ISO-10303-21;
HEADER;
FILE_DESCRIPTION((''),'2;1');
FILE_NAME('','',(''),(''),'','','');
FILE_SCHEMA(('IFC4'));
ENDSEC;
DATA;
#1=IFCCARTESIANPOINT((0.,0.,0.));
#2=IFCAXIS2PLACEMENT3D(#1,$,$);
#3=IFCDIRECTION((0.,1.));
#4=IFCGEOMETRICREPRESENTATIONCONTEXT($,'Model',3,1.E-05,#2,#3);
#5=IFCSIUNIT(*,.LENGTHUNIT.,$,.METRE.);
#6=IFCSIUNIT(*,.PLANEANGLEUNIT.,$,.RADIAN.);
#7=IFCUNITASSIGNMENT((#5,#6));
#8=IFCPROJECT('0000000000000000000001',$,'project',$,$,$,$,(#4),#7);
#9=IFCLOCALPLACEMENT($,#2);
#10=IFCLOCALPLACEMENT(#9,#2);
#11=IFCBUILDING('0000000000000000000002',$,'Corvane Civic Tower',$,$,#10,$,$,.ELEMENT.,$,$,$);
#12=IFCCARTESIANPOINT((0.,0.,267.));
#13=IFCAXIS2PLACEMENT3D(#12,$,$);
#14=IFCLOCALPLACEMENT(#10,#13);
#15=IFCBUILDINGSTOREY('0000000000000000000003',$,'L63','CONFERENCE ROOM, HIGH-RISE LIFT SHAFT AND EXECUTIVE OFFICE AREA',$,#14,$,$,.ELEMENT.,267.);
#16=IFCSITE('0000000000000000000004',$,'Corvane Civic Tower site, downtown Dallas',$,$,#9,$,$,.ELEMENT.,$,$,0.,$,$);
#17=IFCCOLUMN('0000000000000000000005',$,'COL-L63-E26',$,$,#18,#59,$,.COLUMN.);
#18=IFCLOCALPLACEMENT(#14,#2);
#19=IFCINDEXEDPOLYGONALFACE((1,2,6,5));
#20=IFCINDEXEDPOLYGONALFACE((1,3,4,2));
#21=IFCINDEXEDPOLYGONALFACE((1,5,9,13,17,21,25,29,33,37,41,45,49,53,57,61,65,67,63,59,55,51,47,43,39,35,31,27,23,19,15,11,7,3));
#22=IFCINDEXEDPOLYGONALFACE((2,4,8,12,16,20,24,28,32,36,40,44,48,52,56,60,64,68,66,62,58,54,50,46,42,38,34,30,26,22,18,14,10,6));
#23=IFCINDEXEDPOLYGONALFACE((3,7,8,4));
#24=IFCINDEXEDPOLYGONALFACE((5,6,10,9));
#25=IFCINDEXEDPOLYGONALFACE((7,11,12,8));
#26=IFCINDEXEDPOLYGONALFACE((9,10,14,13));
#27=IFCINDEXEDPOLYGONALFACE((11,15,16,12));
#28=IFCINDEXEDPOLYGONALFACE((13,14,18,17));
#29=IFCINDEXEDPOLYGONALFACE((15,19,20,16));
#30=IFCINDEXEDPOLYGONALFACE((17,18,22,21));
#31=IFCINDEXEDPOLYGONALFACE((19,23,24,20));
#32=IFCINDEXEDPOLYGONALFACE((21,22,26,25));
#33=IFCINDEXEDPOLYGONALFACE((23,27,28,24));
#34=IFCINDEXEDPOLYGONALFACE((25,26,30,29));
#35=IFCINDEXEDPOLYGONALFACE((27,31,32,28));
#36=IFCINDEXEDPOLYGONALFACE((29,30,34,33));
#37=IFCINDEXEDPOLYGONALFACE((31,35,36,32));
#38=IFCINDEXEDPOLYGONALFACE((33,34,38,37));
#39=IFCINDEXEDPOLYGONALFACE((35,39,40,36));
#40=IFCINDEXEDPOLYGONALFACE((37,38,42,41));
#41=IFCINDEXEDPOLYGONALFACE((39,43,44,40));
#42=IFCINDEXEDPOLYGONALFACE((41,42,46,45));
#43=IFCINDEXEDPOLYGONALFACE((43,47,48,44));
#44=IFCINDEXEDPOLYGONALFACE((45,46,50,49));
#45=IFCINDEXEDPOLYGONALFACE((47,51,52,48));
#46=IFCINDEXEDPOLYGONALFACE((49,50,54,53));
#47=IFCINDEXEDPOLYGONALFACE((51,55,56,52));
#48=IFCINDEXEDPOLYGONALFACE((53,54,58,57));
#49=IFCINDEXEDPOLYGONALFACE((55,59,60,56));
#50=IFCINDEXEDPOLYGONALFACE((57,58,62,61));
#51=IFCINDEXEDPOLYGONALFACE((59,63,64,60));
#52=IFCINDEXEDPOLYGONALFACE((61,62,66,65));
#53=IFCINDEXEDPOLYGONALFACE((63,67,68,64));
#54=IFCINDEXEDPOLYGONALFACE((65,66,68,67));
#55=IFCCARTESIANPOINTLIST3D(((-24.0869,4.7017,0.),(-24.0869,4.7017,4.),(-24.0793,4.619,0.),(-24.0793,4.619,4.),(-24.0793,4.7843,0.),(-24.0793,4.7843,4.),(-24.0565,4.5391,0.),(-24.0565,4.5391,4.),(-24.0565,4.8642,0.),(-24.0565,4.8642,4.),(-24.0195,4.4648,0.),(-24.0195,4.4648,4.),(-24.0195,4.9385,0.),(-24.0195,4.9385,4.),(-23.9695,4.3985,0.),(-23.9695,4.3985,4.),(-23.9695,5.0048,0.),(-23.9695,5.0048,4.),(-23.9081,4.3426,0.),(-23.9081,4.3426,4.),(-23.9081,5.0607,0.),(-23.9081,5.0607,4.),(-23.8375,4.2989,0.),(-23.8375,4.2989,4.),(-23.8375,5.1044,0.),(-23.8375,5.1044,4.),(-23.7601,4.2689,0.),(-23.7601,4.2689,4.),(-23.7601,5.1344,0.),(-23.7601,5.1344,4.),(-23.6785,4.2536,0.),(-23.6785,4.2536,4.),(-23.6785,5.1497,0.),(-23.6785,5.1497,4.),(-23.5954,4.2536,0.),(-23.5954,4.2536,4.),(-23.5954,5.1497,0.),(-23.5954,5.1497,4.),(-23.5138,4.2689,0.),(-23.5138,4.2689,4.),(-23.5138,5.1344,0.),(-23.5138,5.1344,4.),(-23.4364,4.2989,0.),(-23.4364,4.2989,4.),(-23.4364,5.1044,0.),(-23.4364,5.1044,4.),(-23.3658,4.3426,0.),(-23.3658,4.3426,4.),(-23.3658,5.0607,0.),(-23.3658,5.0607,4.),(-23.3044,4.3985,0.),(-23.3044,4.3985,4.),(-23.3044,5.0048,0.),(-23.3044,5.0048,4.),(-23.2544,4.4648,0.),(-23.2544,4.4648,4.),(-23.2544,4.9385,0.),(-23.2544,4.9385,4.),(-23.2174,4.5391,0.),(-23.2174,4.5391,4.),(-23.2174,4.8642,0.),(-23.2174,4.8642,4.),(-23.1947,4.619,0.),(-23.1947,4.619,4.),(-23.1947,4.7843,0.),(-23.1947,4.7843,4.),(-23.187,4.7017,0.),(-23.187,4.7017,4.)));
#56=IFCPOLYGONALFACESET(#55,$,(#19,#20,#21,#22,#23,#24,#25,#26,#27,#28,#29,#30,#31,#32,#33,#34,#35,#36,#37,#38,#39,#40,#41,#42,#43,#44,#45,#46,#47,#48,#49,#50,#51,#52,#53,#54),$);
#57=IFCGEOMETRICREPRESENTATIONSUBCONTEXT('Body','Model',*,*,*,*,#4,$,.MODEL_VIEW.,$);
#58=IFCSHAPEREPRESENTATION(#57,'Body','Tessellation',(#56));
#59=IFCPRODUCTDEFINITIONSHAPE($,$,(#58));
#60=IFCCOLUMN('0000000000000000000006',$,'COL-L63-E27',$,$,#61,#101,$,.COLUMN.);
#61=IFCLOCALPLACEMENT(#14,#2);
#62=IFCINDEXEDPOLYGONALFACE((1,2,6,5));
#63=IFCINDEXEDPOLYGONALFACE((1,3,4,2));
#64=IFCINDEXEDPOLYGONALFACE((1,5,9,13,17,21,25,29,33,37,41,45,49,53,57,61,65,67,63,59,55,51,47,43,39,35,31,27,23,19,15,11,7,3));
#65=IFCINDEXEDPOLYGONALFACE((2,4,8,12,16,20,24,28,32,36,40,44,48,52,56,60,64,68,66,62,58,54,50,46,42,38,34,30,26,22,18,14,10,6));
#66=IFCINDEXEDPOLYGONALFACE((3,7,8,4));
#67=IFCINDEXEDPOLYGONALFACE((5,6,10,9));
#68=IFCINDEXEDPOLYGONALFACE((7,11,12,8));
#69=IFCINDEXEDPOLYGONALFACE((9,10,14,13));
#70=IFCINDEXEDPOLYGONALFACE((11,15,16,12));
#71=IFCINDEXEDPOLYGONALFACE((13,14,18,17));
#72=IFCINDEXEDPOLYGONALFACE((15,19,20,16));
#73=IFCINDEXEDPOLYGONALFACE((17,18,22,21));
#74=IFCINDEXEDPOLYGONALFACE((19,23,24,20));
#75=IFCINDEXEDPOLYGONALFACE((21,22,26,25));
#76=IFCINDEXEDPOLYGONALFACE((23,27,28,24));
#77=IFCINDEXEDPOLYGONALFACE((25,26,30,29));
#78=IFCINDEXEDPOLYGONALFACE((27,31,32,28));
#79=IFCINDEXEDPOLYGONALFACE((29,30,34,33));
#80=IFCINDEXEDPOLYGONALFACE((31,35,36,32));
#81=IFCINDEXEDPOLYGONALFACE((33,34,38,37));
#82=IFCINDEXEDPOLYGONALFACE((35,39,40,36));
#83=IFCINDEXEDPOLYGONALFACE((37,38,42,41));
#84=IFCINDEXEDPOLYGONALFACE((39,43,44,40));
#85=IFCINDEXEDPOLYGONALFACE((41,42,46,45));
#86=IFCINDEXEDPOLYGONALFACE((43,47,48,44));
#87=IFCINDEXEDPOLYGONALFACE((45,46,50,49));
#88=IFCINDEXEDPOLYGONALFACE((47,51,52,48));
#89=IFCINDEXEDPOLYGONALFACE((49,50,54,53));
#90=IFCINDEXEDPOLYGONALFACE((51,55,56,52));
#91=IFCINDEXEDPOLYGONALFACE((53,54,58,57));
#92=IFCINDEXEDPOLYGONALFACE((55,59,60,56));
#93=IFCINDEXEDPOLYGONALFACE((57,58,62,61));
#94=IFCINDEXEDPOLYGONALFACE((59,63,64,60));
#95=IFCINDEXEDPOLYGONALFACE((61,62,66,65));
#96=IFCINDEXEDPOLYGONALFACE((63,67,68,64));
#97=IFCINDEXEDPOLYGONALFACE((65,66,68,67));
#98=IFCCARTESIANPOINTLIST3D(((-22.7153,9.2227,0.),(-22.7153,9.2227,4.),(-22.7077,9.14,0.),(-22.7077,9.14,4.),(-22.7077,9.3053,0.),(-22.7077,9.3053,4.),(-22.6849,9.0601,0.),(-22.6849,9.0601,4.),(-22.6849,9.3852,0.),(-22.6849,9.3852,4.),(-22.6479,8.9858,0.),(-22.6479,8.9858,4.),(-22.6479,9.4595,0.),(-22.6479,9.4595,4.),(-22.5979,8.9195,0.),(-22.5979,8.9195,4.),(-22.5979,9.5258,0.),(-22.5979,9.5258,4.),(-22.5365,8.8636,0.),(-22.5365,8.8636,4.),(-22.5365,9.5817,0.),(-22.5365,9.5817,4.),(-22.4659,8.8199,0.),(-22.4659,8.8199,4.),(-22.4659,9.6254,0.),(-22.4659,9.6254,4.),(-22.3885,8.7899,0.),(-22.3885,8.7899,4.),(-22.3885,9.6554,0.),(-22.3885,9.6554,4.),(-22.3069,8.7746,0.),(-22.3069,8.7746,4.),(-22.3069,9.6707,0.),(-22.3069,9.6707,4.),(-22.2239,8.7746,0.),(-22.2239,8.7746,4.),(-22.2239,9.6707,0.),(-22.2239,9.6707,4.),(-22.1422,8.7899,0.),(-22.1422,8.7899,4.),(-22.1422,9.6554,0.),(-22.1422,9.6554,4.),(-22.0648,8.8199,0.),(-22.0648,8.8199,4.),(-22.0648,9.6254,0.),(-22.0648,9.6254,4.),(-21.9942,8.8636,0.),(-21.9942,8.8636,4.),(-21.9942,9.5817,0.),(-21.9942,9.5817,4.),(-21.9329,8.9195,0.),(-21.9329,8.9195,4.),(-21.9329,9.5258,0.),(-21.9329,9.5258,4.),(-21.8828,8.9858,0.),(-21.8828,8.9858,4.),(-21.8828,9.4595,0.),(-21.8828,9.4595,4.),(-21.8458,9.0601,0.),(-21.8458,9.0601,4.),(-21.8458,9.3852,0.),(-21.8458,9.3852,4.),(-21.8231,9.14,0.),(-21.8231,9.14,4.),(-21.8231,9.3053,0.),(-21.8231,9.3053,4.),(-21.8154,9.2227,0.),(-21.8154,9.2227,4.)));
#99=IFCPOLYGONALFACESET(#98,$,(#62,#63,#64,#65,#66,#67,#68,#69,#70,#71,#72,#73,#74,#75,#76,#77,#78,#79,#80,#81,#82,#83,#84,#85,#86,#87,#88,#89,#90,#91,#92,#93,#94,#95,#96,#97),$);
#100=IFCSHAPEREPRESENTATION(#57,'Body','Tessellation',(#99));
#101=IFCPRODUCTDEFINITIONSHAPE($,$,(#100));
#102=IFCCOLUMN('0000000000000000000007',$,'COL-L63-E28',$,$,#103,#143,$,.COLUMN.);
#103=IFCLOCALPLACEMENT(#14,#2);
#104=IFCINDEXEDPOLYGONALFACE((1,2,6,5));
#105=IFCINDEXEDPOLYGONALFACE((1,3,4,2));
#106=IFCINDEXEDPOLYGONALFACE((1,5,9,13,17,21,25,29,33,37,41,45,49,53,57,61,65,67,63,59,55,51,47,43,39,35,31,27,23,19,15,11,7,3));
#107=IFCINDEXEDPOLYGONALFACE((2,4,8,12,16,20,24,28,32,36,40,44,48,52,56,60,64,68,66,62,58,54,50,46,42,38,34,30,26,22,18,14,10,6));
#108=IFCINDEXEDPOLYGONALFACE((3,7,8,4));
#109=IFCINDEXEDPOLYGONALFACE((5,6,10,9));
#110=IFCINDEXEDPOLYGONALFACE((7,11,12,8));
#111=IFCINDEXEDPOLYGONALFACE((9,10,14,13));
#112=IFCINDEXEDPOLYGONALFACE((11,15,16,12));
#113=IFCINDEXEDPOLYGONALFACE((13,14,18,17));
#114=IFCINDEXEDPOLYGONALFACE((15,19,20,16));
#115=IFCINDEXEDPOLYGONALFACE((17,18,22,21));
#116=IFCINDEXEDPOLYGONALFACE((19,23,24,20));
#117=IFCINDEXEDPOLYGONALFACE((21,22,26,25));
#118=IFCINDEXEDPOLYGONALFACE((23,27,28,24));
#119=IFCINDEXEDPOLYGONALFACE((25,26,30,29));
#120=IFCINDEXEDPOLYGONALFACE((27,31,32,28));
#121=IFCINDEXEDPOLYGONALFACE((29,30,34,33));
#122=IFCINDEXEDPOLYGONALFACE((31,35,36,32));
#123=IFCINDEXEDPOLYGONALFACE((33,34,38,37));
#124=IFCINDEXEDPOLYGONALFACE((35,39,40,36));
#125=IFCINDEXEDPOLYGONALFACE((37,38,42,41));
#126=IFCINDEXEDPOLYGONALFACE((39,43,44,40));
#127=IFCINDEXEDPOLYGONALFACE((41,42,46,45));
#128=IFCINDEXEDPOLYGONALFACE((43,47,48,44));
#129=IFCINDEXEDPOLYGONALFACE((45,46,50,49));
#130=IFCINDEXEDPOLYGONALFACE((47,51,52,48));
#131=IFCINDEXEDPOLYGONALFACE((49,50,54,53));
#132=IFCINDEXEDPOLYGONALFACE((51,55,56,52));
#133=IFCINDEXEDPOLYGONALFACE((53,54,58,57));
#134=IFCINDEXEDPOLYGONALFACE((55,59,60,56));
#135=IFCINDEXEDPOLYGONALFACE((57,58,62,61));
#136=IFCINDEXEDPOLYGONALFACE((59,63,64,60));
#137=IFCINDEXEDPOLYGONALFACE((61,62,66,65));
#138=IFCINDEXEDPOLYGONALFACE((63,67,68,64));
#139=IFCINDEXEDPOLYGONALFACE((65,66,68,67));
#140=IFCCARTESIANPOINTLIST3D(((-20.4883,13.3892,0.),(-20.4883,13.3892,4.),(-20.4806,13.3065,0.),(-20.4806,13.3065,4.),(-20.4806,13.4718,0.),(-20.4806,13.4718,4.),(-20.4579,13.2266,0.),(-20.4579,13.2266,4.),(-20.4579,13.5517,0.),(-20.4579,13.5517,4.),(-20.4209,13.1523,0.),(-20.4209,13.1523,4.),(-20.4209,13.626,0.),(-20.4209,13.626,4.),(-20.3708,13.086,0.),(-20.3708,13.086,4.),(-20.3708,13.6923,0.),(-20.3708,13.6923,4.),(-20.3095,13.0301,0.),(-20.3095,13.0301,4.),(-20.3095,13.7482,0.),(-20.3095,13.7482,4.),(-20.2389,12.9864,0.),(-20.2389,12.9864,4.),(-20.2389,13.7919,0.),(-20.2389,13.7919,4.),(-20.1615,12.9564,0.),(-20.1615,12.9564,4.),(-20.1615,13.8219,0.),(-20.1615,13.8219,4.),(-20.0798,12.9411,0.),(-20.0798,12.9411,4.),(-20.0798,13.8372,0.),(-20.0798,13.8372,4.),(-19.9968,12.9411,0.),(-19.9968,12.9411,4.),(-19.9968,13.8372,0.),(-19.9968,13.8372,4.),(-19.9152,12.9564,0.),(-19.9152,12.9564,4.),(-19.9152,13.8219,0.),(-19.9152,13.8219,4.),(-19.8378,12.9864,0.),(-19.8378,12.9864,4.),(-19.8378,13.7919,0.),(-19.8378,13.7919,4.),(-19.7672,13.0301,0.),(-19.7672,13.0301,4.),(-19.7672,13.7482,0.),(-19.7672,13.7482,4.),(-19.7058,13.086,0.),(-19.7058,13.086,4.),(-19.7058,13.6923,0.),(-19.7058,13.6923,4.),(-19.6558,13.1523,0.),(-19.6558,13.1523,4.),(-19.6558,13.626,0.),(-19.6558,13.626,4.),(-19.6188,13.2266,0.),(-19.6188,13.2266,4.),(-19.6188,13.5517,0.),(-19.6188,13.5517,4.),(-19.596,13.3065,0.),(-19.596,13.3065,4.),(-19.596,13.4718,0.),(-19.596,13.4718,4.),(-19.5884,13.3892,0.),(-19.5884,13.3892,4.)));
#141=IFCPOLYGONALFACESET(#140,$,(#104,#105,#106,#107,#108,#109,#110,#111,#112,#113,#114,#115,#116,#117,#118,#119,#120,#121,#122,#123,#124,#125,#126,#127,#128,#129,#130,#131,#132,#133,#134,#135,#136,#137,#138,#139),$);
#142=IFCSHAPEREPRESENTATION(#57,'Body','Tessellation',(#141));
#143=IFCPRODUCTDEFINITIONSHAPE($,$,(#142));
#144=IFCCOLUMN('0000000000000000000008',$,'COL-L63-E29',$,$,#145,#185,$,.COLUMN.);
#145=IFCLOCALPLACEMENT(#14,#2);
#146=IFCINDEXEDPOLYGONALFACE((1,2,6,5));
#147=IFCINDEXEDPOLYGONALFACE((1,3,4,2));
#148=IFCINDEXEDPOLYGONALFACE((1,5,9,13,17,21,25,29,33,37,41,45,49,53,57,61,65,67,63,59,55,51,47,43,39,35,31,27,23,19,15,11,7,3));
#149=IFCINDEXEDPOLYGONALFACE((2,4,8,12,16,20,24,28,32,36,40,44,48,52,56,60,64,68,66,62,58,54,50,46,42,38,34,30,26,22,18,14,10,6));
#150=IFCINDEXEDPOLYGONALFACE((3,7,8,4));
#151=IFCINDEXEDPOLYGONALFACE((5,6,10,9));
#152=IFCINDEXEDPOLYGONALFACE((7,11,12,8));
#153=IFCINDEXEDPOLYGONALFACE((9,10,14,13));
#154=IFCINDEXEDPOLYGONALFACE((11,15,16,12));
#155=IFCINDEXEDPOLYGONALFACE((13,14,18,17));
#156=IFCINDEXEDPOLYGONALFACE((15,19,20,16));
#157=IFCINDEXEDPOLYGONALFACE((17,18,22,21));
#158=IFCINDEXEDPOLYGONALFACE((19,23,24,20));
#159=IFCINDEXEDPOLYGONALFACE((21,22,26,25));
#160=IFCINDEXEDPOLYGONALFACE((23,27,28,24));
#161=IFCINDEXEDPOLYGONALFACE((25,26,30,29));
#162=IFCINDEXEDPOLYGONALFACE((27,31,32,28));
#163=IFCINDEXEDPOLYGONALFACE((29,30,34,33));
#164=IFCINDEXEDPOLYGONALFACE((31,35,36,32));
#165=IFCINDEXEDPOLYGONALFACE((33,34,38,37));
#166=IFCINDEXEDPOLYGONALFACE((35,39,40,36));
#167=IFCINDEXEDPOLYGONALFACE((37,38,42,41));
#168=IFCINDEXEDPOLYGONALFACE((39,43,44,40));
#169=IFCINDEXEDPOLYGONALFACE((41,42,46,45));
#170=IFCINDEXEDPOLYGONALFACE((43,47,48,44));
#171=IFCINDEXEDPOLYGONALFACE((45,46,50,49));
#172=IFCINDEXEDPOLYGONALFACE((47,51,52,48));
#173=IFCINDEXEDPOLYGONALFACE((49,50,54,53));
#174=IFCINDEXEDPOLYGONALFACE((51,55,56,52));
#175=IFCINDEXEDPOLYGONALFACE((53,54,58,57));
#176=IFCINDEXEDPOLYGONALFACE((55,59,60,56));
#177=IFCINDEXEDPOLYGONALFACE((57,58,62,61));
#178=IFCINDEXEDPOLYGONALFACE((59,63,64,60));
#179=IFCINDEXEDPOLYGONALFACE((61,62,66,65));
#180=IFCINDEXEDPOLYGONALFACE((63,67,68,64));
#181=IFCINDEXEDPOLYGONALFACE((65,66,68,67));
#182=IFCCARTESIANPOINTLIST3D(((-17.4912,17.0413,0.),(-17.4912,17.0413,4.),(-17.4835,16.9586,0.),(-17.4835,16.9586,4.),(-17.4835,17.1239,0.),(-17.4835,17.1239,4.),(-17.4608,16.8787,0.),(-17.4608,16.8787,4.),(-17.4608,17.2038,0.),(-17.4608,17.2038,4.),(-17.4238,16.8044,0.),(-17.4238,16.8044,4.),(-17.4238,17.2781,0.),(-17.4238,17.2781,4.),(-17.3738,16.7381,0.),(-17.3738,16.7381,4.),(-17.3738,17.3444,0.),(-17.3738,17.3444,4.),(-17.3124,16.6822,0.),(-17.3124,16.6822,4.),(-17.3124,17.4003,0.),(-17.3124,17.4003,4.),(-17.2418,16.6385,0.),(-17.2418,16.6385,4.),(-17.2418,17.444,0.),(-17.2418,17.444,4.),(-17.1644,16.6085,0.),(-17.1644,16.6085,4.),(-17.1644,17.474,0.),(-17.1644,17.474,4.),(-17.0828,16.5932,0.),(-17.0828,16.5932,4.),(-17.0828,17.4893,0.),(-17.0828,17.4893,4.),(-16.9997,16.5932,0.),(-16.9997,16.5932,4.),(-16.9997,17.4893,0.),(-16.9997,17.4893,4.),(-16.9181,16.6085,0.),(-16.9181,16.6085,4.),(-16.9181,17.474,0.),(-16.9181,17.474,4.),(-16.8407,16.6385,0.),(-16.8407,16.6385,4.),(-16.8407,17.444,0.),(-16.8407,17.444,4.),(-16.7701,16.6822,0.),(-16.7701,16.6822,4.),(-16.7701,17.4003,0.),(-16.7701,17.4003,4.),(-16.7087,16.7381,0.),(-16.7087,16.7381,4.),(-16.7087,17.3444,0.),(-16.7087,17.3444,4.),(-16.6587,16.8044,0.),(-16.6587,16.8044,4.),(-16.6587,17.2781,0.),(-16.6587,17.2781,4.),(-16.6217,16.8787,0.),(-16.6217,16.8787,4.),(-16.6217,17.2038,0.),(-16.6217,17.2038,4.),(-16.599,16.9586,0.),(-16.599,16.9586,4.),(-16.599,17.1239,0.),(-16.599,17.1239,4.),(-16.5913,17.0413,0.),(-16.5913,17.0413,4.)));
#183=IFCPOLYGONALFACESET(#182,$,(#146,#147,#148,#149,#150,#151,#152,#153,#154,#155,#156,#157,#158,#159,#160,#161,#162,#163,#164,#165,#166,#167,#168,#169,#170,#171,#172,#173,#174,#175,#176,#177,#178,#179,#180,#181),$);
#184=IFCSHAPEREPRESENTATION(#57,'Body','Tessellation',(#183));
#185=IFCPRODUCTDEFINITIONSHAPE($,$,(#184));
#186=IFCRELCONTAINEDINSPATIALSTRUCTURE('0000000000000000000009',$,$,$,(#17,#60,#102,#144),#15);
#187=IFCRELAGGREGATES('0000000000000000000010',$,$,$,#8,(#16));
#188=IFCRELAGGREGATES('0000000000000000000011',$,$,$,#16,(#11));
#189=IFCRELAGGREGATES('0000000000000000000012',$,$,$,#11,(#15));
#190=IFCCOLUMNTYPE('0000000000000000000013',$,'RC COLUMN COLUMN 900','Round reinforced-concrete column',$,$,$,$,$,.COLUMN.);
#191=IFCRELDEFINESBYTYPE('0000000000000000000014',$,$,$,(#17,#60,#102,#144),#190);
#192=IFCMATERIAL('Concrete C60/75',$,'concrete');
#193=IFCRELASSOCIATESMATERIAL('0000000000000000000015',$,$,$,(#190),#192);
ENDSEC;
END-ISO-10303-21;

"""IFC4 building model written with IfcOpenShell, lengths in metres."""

from ifc_helpers import new_model, si_unit, direction, frame, origin, origin_2d, place, context, subcontext, project, spatial, circle, extrude, material, material_profile, profile_set, type_object, element, save


model = new_model("IFC4")

# Units and contexts
model_context = context("Model", 3, precision=1e-05, world=origin(), true_north=direction((0.0, 1.0)))
body_context = subcontext(model_context, "Body", "Model", "MODEL_VIEW")
ifc_project = project(units=[si_unit("LENGTHUNIT", "METRE"), si_unit("PLANEANGLEUNIT", "RADIAN")], contexts=[model_context])

# Site, building, storey
site_placement = place(None, origin())
site = spatial("IfcSite", under=ifc_project, at=site_placement, Name="Corvane Civic Tower site, downtown Dallas", CompositionType="ELEMENT", RefElevation=0.0)
building_placement = place(site_placement, origin())
building = spatial("IfcBuilding", under=site, at=building_placement, Name="Corvane Civic Tower", CompositionType="ELEMENT")
storey_placement = place(building_placement, frame((0.0, 0.0, 267.0)))
storey = spatial("IfcBuildingStorey", under=building, at=storey_placement, Name="L63", Description="CONFERENCE ROOM, HIGH-RISE LIFT SHAFT AND EXECUTIVE OFFICE AREA", CompositionType="ELEMENT", Elevation=267.0)

# Columns
ifc_material_1 = material(Name="Concrete C60/75", Category="concrete")
ifc_material_profile_1 = material_profile(ifc_material_1, circle(Radius=0.45, at=origin_2d()), Name="COLUMN 900")
ifc_profile_set_1 = profile_set([ifc_material_profile_1], Name="Concrete C60/75")
column_type = type_object("IfcColumnType", Name="RC COLUMN COLUMN 900", Description="Round reinforced-concrete column", PredefinedType="COLUMN", material=ifc_profile_set_1)
for number, where, z_axis, x_axis, name in (
    (1, (-23.637, 4.7017, 0.0), (0.0, 0.0, 1.0), (1.0, 0.0, 0.0), "COL-L63-E26"),
    (2, (-22.2654, 9.2227, 0.0), (0.0, 0.0, 1.0), (1.0, 0.0, 0.0), "COL-L63-E27"),
    (3, (-20.0383, 13.3892, 0.0), (0.0, 0.0, 1.0), (1.0, 0.0, 0.0), "COL-L63-E28"),
    (4, (-17.0413, 17.0413, 0.0), (0.0, 0.0, 1.0), (1.0, 0.0, 0.0), "COL-L63-E29"),
):
    element("IfcColumn", number, at=place(storey_placement, frame(where, z_axis=z_axis, x_axis=x_axis)), inside=storey, type_object=column_type, Name=name, PredefinedType="COLUMN", context=body_context, shape_type="SweptSolid", body=[
        extrude(circle(Radius=0.45, at=origin_2d()), origin(), (0.0, 0.0, 1.0), 4.0),
    ])

save(model, "model.ifc")
